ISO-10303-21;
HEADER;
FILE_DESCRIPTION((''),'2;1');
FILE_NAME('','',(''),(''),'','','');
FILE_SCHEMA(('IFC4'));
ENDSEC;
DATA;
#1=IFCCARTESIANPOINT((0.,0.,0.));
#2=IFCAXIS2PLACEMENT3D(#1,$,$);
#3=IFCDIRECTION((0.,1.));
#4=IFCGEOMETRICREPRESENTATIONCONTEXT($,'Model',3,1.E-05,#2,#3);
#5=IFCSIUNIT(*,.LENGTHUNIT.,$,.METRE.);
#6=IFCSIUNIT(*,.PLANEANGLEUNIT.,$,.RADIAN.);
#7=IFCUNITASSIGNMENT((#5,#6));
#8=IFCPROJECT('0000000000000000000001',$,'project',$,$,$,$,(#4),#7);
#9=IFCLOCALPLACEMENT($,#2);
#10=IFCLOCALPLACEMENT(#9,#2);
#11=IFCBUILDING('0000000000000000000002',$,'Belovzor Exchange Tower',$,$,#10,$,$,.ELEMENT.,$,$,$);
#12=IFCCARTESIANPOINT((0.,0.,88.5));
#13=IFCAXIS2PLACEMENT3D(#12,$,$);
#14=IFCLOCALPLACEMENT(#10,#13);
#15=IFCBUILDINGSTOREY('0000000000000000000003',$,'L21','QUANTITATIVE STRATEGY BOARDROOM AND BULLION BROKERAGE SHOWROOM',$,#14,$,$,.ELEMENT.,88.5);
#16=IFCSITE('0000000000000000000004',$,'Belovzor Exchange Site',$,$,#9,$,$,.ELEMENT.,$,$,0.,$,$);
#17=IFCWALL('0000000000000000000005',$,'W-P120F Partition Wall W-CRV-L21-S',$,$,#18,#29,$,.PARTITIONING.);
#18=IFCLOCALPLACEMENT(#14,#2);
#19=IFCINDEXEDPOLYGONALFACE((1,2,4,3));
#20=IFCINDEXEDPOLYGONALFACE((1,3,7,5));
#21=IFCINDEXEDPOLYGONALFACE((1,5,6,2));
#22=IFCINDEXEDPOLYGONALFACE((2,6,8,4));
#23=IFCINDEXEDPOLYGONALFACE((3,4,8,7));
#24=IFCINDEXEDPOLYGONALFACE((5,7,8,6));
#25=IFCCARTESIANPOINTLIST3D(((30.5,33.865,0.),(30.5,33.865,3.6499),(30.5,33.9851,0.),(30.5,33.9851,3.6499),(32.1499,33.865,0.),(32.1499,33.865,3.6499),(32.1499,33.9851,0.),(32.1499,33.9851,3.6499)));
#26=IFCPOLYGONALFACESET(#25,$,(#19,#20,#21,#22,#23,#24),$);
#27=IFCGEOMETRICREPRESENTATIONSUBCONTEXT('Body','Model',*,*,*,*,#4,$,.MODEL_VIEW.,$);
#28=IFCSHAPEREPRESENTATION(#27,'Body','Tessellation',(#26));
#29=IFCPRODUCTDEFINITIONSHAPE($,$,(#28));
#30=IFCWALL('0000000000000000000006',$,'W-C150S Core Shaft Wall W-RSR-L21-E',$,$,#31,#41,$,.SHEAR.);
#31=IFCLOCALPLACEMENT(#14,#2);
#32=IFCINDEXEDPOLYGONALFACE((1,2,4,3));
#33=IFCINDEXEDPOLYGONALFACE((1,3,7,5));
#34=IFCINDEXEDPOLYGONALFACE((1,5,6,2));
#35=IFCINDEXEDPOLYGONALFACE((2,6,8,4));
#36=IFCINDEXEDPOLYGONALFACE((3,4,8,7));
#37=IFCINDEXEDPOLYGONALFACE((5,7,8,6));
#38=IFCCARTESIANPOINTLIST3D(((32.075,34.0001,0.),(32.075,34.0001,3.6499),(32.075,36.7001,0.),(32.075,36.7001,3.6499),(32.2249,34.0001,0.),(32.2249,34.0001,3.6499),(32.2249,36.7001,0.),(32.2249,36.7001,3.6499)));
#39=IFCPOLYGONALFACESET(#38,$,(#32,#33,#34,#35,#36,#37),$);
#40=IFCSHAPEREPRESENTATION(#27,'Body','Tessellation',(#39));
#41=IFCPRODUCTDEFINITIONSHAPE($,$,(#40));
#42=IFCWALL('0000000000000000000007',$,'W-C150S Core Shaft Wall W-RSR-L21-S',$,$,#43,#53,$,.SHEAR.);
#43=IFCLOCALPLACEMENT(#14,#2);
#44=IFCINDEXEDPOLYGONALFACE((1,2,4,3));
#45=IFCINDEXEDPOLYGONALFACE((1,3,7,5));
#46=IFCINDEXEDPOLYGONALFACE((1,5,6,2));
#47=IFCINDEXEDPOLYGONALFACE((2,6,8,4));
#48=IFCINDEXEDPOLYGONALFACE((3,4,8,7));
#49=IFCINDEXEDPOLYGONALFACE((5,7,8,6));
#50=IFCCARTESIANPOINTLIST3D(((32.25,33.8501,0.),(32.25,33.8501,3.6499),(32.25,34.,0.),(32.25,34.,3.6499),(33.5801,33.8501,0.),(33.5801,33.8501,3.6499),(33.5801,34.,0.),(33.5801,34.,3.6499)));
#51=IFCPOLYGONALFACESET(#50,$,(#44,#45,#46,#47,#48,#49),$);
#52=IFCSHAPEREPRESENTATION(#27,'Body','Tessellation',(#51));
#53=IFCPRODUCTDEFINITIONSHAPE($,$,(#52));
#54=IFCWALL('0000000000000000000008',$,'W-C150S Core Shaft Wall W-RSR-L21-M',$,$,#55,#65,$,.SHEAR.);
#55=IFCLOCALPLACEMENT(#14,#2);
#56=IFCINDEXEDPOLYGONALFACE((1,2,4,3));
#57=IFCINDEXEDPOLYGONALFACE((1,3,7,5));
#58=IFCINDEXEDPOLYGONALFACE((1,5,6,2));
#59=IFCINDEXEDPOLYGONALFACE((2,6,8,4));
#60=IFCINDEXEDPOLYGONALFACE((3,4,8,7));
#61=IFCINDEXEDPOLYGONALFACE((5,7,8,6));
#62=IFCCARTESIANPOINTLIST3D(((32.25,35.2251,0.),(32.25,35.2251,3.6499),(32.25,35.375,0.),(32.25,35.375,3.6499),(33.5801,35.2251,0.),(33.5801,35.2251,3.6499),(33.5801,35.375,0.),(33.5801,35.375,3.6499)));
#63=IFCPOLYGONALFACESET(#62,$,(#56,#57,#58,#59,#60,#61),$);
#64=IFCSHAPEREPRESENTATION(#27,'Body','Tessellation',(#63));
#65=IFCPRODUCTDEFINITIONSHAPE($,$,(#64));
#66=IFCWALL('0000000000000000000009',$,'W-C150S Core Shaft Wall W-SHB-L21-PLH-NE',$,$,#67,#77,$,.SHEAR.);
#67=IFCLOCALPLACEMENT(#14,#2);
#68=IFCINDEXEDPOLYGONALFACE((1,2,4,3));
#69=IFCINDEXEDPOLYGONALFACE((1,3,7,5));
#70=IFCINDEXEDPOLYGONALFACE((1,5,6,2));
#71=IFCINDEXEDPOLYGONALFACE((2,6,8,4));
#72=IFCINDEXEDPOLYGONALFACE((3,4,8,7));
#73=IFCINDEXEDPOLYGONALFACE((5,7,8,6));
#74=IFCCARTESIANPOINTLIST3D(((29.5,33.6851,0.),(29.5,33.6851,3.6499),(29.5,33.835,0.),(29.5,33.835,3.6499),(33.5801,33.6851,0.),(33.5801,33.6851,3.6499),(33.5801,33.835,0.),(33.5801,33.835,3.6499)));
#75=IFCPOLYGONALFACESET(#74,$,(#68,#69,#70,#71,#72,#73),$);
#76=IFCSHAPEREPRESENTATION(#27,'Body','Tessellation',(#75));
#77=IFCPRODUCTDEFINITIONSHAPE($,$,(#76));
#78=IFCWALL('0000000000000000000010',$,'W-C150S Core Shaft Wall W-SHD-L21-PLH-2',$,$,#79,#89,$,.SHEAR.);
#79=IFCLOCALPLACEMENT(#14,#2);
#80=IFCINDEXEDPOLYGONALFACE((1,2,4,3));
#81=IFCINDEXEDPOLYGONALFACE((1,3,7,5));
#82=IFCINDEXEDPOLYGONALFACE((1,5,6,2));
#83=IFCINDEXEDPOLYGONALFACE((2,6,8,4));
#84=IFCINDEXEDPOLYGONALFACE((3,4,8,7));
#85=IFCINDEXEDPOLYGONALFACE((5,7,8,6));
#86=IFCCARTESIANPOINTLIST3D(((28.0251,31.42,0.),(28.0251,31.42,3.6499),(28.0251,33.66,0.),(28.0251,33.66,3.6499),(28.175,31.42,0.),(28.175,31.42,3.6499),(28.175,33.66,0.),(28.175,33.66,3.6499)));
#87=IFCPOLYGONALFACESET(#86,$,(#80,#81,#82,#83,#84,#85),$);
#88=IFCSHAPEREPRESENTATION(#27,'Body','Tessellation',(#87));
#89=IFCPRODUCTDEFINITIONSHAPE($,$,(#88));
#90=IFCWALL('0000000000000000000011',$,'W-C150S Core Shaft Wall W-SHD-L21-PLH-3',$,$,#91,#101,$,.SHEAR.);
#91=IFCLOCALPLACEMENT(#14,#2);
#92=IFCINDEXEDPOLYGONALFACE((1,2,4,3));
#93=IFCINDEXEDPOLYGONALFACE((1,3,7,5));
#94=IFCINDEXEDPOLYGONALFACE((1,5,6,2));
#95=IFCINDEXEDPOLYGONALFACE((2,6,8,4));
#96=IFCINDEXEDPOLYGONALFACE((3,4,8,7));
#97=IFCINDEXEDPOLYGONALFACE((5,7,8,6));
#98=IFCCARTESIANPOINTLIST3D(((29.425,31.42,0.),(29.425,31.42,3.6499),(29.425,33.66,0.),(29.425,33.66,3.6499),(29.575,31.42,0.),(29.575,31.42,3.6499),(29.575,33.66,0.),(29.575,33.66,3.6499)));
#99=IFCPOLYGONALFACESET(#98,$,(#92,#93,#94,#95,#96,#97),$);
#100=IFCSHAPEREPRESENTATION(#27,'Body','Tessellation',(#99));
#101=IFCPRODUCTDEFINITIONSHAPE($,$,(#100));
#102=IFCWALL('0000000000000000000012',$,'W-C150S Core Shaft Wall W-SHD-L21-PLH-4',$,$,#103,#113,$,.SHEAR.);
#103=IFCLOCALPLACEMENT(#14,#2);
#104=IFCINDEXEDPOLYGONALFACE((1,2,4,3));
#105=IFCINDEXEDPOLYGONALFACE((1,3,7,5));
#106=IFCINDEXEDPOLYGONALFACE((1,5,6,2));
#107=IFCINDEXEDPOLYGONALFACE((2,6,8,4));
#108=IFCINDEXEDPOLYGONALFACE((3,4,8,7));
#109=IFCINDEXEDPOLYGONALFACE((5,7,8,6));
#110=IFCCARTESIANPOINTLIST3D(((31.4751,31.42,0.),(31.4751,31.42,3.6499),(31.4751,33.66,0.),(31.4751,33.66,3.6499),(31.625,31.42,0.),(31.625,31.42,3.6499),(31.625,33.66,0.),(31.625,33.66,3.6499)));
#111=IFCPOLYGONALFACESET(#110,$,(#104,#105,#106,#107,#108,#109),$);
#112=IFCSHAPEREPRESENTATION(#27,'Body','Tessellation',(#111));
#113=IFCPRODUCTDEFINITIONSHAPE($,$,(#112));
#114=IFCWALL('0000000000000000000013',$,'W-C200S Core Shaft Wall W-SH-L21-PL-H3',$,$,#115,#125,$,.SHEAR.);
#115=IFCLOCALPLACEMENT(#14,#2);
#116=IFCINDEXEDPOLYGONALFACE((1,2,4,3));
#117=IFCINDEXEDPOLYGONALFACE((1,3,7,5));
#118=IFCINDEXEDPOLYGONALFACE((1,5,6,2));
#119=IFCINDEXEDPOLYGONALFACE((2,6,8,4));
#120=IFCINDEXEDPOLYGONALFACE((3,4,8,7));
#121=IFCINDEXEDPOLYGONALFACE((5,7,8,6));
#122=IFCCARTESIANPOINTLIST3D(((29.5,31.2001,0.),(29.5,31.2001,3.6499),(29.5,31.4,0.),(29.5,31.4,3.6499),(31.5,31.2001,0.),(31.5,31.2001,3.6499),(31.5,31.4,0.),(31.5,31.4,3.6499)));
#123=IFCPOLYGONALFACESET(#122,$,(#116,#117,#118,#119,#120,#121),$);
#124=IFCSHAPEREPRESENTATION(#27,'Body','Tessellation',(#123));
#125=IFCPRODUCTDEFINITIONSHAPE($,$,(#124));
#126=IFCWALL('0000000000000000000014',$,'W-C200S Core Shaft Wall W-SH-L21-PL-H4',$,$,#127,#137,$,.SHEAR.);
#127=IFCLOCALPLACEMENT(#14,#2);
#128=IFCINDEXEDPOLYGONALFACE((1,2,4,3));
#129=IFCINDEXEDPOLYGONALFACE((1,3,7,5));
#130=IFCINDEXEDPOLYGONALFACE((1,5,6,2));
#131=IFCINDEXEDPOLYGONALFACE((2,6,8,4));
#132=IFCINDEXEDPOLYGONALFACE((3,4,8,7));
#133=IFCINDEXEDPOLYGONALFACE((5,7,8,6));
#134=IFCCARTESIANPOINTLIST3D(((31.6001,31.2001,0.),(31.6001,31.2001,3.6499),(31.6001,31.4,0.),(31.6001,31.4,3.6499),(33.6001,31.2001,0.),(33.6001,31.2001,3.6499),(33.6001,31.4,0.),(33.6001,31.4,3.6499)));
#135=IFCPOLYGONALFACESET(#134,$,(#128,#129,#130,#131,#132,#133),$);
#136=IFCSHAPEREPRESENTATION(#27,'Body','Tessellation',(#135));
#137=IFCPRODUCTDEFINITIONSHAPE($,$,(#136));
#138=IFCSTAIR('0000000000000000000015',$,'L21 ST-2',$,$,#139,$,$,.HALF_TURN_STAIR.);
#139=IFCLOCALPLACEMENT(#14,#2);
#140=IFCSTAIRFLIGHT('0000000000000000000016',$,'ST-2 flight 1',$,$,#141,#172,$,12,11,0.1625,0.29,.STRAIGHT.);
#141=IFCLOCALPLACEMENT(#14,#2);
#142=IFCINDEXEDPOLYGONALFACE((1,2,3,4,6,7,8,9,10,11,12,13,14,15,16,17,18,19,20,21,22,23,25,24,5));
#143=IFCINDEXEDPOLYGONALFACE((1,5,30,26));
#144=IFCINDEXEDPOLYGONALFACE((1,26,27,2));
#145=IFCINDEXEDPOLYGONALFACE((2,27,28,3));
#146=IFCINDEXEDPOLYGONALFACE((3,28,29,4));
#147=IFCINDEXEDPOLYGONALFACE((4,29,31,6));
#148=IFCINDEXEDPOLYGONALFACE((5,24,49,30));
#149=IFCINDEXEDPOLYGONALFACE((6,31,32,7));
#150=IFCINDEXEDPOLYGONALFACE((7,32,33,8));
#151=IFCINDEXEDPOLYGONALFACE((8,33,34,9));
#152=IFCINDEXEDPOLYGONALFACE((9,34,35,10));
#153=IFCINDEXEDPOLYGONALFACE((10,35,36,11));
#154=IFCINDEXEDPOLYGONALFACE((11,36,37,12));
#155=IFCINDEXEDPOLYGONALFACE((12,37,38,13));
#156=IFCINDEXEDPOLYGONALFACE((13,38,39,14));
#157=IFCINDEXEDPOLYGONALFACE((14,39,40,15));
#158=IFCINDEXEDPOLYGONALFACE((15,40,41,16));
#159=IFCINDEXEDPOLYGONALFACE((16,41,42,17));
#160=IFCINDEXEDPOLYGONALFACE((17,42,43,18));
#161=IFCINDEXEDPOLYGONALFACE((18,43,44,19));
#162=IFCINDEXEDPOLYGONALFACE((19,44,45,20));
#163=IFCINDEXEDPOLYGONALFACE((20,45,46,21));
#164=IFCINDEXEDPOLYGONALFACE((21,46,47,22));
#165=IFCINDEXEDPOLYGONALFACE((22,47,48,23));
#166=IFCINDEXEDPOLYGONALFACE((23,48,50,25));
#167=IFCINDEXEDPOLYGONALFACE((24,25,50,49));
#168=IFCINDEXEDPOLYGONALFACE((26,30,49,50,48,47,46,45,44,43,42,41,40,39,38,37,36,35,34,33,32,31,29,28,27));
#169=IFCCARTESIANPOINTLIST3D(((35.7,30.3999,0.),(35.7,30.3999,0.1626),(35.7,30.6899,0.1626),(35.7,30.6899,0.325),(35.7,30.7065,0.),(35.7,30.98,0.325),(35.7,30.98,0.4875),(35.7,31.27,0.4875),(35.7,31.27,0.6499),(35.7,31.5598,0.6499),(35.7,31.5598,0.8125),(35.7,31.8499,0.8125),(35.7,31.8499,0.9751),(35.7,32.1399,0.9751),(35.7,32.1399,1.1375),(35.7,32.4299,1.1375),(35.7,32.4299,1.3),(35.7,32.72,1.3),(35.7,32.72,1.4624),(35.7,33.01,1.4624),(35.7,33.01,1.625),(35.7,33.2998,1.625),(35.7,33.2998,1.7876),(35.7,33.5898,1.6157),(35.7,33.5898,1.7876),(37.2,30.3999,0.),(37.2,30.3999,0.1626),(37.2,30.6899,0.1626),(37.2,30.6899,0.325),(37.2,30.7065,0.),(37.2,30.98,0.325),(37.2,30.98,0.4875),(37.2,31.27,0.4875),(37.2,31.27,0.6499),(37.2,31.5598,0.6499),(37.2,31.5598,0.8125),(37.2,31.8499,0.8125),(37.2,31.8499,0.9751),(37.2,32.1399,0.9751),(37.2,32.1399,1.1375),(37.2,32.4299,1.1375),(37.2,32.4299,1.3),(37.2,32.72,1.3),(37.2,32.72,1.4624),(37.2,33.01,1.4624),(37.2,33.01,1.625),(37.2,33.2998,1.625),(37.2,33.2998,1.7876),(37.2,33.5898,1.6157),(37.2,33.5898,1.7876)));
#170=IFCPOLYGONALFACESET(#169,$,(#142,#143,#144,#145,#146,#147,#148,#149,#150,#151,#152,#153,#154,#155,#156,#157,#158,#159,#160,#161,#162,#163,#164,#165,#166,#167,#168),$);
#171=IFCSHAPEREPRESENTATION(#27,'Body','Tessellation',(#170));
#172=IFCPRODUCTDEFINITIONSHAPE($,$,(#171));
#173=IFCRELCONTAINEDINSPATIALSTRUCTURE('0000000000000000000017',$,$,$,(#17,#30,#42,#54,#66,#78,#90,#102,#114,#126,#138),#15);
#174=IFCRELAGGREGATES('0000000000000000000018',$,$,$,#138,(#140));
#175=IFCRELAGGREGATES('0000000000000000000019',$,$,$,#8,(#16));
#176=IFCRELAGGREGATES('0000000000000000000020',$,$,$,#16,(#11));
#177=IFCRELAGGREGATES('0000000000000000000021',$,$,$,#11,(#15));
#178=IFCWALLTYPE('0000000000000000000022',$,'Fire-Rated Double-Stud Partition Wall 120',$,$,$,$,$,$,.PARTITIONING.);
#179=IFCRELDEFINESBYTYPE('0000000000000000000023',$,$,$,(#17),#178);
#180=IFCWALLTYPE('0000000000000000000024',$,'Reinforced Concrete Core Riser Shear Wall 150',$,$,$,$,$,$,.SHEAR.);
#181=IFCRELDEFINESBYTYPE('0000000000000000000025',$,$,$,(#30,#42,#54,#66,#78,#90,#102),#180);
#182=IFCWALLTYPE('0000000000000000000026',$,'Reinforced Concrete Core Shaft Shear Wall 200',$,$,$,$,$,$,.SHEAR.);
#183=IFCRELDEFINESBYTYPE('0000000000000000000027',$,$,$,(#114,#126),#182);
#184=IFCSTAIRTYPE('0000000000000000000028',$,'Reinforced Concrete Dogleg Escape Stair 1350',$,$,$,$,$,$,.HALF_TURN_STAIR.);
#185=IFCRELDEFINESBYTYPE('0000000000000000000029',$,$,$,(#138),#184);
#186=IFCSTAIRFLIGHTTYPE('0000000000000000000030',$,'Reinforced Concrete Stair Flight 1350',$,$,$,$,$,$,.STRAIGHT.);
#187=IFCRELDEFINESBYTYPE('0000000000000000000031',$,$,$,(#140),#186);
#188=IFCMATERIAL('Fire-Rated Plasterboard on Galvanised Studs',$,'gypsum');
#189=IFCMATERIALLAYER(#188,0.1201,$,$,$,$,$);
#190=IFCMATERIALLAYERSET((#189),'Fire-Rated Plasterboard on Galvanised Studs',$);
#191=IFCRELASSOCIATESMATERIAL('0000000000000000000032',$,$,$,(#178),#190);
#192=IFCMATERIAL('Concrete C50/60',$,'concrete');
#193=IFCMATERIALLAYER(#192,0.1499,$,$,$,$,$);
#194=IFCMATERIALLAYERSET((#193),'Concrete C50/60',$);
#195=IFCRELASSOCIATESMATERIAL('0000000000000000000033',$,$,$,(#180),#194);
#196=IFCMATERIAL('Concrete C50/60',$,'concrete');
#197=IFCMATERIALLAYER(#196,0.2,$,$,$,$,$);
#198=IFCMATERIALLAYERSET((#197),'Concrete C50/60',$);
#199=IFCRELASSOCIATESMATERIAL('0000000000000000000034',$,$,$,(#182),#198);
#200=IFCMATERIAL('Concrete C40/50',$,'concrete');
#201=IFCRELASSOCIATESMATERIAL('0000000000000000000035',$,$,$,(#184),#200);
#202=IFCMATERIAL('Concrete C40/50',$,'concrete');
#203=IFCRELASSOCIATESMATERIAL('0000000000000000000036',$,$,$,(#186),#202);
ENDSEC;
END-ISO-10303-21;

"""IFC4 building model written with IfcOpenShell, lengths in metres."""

from ifc_helpers import new_model, si_unit, direction, frame, frame_2d, origin, place, context, subcontext, project, spatial, polyline, rectangle, outline, extrude, material, layer, layer_set, type_object, element, aggregate, save


model = new_model("IFC4")

# Units and contexts
model_context = context("Model", 3, precision=1e-05, world=origin(), true_north=direction((0.0, 1.0)))
body_context = subcontext(model_context, "Body", "Model", "MODEL_VIEW")
ifc_project = project(units=[si_unit("LENGTHUNIT", "METRE"), si_unit("PLANEANGLEUNIT", "RADIAN")], contexts=[model_context])

# Site, building, storey
site_placement = place(None, origin())
site = spatial("IfcSite", under=ifc_project, at=site_placement, Name="Belovzor Exchange Site", CompositionType="ELEMENT", RefElevation=0.0)
building_placement = place(site_placement, origin())
building = spatial("IfcBuilding", under=site, at=building_placement, Name="Belovzor Exchange Tower", CompositionType="ELEMENT")
storey_placement = place(building_placement, frame((0.0, 0.0, 88.5)))
storey = spatial("IfcBuildingStorey", under=building, at=storey_placement, Name="L21", Description="QUANTITATIVE STRATEGY BOARDROOM AND BULLION BROKERAGE SHOWROOM", CompositionType="ELEMENT", Elevation=88.5)

# Shared definitions
ifc_material_1 = material(Name="Fire-Rated Plasterboard on Galvanised Studs", Category="gypsum")
ifc_layer_1 = layer(ifc_material_1, 0.1201)
ifc_layer_set_1 = layer_set([ifc_layer_1], Name="Fire-Rated Plasterboard on Galvanised Studs")
wall_type_1 = type_object("IfcWallType", Name="Fire-Rated Double-Stud Partition Wall 120", PredefinedType="PARTITIONING", material=ifc_layer_set_1)

# Walls
wall_1_placement = place(storey_placement, frame((30.5, 33.925, 0.0), z_axis=(0.0, 0.0, 1.0), x_axis=(1.0, 0.0, 0.0)))
element("IfcWall", 1, at=wall_1_placement, inside=storey, type_object=wall_type_1, Name="W-P120F Partition Wall W-CRV-L21-S", PredefinedType="PARTITIONING", context=body_context, shape_type="SweptSolid", body=[
    extrude(rectangle(XDim=1.6499, YDim=0.1201, at=frame_2d((0.825, 0.0))), origin(), (0.0, 0.0, 1.0), 3.6499),
])
ifc_material_2 = material(Name="Concrete C50/60", Category="concrete")
ifc_layer_2 = layer(ifc_material_2, 0.1499)
ifc_layer_set_2 = layer_set([ifc_layer_2], Name="Concrete C50/60")
wall_type_2 = type_object("IfcWallType", Name="Reinforced Concrete Core Riser Shear Wall 150", PredefinedType="SHEAR", material=ifc_layer_set_2)
wall_2_placement = place(storey_placement, frame((32.1499, 34.0, 0.0), z_axis=(0.0, 0.0, 1.0), x_axis=(0.0, 1.0, 0.0)))
element("IfcWall", 2, at=wall_2_placement, inside=storey, type_object=wall_type_2, Name="W-C150S Core Shaft Wall W-RSR-L21-E", PredefinedType="SHEAR", context=body_context, shape_type="SweptSolid", body=[
    extrude(rectangle(XDim=2.7, YDim=0.1499, at=frame_2d((1.3501, 0.0))), origin(), (0.0, 0.0, 1.0), 3.6499),
])
for number, where, z_axis, x_axis, name in (
    (3, (32.25, 33.925, 0.0), (0.0, 0.0, 1.0), (1.0, 0.0, 0.0), "W-C150S Core Shaft Wall W-RSR-L21-S"),
    (4, (32.25, 35.3, 0.0), (0.0, 0.0, 1.0), (1.0, 0.0, 0.0), "W-C150S Core Shaft Wall W-RSR-L21-M"),
):
    element("IfcWall", number, at=place(storey_placement, frame(where, z_axis=z_axis, x_axis=x_axis)), inside=storey, type_object=wall_type_2, Name=name, PredefinedType="SHEAR", context=body_context, shape_type="SweptSolid", body=[
        extrude(rectangle(XDim=1.3301, YDim=0.1499, at=frame_2d((0.665, 0.0))), origin(), (0.0, 0.0, 1.0), 3.6499),
    ])
wall_3_placement = place(storey_placement, frame((29.5, 33.76, 0.0), z_axis=(0.0, 0.0, 1.0), x_axis=(1.0, 0.0, 0.0)))
element("IfcWall", 5, at=wall_3_placement, inside=storey, type_object=wall_type_2, Name="W-C150S Core Shaft Wall W-SHB-L21-PLH-NE", PredefinedType="SHEAR", context=body_context, shape_type="SweptSolid", body=[
    extrude(rectangle(XDim=4.0801, YDim=0.1499, at=frame_2d((2.04, 0.0))), origin(), (0.0, 0.0, 1.0), 3.6499),
])
for number, where, z_axis, x_axis, name in (
    (6, (28.1001, 31.4199, 0.0), (0.0, 0.0, 1.0), (0.0, 1.0, 0.0), "W-C150S Core Shaft Wall W-SHD-L21-PLH-2"),
    (7, (29.5, 31.4199, 0.0), (0.0, 0.0, 1.0), (0.0, 1.0, 0.0), "W-C150S Core Shaft Wall W-SHD-L21-PLH-3"),
    (8, (31.55, 31.4199, 0.0), (0.0, 0.0, 1.0), (0.0, 1.0, 0.0), "W-C150S Core Shaft Wall W-SHD-L21-PLH-4"),
):
    element("IfcWall", number, at=place(storey_placement, frame(where, z_axis=z_axis, x_axis=x_axis)), inside=storey, type_object=wall_type_2, Name=name, PredefinedType="SHEAR", context=body_context, shape_type="SweptSolid", body=[
        extrude(rectangle(XDim=2.24, YDim=0.1499, at=frame_2d((1.1201, 0.0))), origin(), (0.0, 0.0, 1.0), 3.6499),
    ])
ifc_material_3 = material(Name="Concrete C50/60", Category="concrete")
ifc_layer_3 = layer(ifc_material_3, 0.2)
ifc_layer_set_3 = layer_set([ifc_layer_3], Name="Concrete C50/60")
wall_type_3 = type_object("IfcWallType", Name="Reinforced Concrete Core Shaft Shear Wall 200", PredefinedType="SHEAR", material=ifc_layer_set_3)
for number, where, z_axis, x_axis, name in (
    (9, (29.5, 31.3, 0.0), (0.0, 0.0, 1.0), (1.0, 0.0, 0.0), "W-C200S Core Shaft Wall W-SH-L21-PL-H3"),
    (10, (31.6001, 31.3, 0.0), (0.0, 0.0, 1.0), (1.0, 0.0, 0.0), "W-C200S Core Shaft Wall W-SH-L21-PL-H4"),
):
    element("IfcWall", number, at=place(storey_placement, frame(where, z_axis=z_axis, x_axis=x_axis)), inside=storey, type_object=wall_type_3, Name=name, PredefinedType="SHEAR", context=body_context, shape_type="SweptSolid", body=[
        extrude(rectangle(XDim=2.0, YDim=0.2, at=frame_2d((1.0, 0.0))), origin(), (0.0, 0.0, 1.0), 3.6499),
    ])

# Stair, stair flight
ifc_material_4 = material(Name="Concrete C40/50", Category="concrete")
stair_type = type_object("IfcStairType", Name="Reinforced Concrete Dogleg Escape Stair 1350", PredefinedType="HALF_TURN_STAIR", material=ifc_material_4)
stair_placement = place(storey_placement, origin())
stair = element("IfcStair", 11, at=stair_placement, inside=storey, type_object=stair_type, Name="L21 ST-2", PredefinedType="HALF_TURN_STAIR")
ifc_material_5 = material(Name="Concrete C40/50", Category="concrete")
stair_flight_type = type_object("IfcStairFlightType", Name="Reinforced Concrete Stair Flight 1350", PredefinedType="STRAIGHT", material=ifc_material_5)
stair_flight_1_placement = place(storey_placement, frame((36.45, 30.3999, 0.0), z_axis=(0.0, 0.0, 1.0), x_axis=(0.0, 1.0, 0.0)))
stair_flight_1 = element("IfcStairFlight", 12, at=stair_flight_1_placement, type_object=stair_flight_type, Name="ST-2 flight 1", NumberOfRisers=12, NumberOfTreads=11, PredefinedType="STRAIGHT", RiserHeight=0.1625, TreadLength=0.29, context=body_context, shape_type="SweptSolid", body=[
    extrude(outline(polyline([(0.0, 0.0), (0.0, 0.1626), (0.29, 0.1626), (0.29, 0.325), (0.5801, 0.325), (0.5801, 0.4875), (0.8701, 0.4875), (0.8701, 0.6499), (1.1599, 0.6499), (1.1599, 0.8125), (1.45, 0.8125), (1.45, 0.9751), (1.74, 0.9751), (1.74, 1.1375), (2.03, 1.1375), (2.03, 1.3), (2.3201, 1.3), (2.3201, 1.4624), (2.6101, 1.4624), (2.6101, 1.625), (2.8999, 1.625), (2.8999, 1.7876), (3.1899, 1.7876), (3.1899, 1.95), (3.1899, 1.6157), (0.3066, 0.0), (0.0, 0.0)])), frame((0.0, 0.75, 0.0), z_axis=(0.0, -1.0, 0.0), x_axis=(1.0, 0.0, 0.0)), (0.0, 0.0, 1.0), 1.5),
])
aggregate(stair, [stair_flight_1])

save(model, "model.ifc")
